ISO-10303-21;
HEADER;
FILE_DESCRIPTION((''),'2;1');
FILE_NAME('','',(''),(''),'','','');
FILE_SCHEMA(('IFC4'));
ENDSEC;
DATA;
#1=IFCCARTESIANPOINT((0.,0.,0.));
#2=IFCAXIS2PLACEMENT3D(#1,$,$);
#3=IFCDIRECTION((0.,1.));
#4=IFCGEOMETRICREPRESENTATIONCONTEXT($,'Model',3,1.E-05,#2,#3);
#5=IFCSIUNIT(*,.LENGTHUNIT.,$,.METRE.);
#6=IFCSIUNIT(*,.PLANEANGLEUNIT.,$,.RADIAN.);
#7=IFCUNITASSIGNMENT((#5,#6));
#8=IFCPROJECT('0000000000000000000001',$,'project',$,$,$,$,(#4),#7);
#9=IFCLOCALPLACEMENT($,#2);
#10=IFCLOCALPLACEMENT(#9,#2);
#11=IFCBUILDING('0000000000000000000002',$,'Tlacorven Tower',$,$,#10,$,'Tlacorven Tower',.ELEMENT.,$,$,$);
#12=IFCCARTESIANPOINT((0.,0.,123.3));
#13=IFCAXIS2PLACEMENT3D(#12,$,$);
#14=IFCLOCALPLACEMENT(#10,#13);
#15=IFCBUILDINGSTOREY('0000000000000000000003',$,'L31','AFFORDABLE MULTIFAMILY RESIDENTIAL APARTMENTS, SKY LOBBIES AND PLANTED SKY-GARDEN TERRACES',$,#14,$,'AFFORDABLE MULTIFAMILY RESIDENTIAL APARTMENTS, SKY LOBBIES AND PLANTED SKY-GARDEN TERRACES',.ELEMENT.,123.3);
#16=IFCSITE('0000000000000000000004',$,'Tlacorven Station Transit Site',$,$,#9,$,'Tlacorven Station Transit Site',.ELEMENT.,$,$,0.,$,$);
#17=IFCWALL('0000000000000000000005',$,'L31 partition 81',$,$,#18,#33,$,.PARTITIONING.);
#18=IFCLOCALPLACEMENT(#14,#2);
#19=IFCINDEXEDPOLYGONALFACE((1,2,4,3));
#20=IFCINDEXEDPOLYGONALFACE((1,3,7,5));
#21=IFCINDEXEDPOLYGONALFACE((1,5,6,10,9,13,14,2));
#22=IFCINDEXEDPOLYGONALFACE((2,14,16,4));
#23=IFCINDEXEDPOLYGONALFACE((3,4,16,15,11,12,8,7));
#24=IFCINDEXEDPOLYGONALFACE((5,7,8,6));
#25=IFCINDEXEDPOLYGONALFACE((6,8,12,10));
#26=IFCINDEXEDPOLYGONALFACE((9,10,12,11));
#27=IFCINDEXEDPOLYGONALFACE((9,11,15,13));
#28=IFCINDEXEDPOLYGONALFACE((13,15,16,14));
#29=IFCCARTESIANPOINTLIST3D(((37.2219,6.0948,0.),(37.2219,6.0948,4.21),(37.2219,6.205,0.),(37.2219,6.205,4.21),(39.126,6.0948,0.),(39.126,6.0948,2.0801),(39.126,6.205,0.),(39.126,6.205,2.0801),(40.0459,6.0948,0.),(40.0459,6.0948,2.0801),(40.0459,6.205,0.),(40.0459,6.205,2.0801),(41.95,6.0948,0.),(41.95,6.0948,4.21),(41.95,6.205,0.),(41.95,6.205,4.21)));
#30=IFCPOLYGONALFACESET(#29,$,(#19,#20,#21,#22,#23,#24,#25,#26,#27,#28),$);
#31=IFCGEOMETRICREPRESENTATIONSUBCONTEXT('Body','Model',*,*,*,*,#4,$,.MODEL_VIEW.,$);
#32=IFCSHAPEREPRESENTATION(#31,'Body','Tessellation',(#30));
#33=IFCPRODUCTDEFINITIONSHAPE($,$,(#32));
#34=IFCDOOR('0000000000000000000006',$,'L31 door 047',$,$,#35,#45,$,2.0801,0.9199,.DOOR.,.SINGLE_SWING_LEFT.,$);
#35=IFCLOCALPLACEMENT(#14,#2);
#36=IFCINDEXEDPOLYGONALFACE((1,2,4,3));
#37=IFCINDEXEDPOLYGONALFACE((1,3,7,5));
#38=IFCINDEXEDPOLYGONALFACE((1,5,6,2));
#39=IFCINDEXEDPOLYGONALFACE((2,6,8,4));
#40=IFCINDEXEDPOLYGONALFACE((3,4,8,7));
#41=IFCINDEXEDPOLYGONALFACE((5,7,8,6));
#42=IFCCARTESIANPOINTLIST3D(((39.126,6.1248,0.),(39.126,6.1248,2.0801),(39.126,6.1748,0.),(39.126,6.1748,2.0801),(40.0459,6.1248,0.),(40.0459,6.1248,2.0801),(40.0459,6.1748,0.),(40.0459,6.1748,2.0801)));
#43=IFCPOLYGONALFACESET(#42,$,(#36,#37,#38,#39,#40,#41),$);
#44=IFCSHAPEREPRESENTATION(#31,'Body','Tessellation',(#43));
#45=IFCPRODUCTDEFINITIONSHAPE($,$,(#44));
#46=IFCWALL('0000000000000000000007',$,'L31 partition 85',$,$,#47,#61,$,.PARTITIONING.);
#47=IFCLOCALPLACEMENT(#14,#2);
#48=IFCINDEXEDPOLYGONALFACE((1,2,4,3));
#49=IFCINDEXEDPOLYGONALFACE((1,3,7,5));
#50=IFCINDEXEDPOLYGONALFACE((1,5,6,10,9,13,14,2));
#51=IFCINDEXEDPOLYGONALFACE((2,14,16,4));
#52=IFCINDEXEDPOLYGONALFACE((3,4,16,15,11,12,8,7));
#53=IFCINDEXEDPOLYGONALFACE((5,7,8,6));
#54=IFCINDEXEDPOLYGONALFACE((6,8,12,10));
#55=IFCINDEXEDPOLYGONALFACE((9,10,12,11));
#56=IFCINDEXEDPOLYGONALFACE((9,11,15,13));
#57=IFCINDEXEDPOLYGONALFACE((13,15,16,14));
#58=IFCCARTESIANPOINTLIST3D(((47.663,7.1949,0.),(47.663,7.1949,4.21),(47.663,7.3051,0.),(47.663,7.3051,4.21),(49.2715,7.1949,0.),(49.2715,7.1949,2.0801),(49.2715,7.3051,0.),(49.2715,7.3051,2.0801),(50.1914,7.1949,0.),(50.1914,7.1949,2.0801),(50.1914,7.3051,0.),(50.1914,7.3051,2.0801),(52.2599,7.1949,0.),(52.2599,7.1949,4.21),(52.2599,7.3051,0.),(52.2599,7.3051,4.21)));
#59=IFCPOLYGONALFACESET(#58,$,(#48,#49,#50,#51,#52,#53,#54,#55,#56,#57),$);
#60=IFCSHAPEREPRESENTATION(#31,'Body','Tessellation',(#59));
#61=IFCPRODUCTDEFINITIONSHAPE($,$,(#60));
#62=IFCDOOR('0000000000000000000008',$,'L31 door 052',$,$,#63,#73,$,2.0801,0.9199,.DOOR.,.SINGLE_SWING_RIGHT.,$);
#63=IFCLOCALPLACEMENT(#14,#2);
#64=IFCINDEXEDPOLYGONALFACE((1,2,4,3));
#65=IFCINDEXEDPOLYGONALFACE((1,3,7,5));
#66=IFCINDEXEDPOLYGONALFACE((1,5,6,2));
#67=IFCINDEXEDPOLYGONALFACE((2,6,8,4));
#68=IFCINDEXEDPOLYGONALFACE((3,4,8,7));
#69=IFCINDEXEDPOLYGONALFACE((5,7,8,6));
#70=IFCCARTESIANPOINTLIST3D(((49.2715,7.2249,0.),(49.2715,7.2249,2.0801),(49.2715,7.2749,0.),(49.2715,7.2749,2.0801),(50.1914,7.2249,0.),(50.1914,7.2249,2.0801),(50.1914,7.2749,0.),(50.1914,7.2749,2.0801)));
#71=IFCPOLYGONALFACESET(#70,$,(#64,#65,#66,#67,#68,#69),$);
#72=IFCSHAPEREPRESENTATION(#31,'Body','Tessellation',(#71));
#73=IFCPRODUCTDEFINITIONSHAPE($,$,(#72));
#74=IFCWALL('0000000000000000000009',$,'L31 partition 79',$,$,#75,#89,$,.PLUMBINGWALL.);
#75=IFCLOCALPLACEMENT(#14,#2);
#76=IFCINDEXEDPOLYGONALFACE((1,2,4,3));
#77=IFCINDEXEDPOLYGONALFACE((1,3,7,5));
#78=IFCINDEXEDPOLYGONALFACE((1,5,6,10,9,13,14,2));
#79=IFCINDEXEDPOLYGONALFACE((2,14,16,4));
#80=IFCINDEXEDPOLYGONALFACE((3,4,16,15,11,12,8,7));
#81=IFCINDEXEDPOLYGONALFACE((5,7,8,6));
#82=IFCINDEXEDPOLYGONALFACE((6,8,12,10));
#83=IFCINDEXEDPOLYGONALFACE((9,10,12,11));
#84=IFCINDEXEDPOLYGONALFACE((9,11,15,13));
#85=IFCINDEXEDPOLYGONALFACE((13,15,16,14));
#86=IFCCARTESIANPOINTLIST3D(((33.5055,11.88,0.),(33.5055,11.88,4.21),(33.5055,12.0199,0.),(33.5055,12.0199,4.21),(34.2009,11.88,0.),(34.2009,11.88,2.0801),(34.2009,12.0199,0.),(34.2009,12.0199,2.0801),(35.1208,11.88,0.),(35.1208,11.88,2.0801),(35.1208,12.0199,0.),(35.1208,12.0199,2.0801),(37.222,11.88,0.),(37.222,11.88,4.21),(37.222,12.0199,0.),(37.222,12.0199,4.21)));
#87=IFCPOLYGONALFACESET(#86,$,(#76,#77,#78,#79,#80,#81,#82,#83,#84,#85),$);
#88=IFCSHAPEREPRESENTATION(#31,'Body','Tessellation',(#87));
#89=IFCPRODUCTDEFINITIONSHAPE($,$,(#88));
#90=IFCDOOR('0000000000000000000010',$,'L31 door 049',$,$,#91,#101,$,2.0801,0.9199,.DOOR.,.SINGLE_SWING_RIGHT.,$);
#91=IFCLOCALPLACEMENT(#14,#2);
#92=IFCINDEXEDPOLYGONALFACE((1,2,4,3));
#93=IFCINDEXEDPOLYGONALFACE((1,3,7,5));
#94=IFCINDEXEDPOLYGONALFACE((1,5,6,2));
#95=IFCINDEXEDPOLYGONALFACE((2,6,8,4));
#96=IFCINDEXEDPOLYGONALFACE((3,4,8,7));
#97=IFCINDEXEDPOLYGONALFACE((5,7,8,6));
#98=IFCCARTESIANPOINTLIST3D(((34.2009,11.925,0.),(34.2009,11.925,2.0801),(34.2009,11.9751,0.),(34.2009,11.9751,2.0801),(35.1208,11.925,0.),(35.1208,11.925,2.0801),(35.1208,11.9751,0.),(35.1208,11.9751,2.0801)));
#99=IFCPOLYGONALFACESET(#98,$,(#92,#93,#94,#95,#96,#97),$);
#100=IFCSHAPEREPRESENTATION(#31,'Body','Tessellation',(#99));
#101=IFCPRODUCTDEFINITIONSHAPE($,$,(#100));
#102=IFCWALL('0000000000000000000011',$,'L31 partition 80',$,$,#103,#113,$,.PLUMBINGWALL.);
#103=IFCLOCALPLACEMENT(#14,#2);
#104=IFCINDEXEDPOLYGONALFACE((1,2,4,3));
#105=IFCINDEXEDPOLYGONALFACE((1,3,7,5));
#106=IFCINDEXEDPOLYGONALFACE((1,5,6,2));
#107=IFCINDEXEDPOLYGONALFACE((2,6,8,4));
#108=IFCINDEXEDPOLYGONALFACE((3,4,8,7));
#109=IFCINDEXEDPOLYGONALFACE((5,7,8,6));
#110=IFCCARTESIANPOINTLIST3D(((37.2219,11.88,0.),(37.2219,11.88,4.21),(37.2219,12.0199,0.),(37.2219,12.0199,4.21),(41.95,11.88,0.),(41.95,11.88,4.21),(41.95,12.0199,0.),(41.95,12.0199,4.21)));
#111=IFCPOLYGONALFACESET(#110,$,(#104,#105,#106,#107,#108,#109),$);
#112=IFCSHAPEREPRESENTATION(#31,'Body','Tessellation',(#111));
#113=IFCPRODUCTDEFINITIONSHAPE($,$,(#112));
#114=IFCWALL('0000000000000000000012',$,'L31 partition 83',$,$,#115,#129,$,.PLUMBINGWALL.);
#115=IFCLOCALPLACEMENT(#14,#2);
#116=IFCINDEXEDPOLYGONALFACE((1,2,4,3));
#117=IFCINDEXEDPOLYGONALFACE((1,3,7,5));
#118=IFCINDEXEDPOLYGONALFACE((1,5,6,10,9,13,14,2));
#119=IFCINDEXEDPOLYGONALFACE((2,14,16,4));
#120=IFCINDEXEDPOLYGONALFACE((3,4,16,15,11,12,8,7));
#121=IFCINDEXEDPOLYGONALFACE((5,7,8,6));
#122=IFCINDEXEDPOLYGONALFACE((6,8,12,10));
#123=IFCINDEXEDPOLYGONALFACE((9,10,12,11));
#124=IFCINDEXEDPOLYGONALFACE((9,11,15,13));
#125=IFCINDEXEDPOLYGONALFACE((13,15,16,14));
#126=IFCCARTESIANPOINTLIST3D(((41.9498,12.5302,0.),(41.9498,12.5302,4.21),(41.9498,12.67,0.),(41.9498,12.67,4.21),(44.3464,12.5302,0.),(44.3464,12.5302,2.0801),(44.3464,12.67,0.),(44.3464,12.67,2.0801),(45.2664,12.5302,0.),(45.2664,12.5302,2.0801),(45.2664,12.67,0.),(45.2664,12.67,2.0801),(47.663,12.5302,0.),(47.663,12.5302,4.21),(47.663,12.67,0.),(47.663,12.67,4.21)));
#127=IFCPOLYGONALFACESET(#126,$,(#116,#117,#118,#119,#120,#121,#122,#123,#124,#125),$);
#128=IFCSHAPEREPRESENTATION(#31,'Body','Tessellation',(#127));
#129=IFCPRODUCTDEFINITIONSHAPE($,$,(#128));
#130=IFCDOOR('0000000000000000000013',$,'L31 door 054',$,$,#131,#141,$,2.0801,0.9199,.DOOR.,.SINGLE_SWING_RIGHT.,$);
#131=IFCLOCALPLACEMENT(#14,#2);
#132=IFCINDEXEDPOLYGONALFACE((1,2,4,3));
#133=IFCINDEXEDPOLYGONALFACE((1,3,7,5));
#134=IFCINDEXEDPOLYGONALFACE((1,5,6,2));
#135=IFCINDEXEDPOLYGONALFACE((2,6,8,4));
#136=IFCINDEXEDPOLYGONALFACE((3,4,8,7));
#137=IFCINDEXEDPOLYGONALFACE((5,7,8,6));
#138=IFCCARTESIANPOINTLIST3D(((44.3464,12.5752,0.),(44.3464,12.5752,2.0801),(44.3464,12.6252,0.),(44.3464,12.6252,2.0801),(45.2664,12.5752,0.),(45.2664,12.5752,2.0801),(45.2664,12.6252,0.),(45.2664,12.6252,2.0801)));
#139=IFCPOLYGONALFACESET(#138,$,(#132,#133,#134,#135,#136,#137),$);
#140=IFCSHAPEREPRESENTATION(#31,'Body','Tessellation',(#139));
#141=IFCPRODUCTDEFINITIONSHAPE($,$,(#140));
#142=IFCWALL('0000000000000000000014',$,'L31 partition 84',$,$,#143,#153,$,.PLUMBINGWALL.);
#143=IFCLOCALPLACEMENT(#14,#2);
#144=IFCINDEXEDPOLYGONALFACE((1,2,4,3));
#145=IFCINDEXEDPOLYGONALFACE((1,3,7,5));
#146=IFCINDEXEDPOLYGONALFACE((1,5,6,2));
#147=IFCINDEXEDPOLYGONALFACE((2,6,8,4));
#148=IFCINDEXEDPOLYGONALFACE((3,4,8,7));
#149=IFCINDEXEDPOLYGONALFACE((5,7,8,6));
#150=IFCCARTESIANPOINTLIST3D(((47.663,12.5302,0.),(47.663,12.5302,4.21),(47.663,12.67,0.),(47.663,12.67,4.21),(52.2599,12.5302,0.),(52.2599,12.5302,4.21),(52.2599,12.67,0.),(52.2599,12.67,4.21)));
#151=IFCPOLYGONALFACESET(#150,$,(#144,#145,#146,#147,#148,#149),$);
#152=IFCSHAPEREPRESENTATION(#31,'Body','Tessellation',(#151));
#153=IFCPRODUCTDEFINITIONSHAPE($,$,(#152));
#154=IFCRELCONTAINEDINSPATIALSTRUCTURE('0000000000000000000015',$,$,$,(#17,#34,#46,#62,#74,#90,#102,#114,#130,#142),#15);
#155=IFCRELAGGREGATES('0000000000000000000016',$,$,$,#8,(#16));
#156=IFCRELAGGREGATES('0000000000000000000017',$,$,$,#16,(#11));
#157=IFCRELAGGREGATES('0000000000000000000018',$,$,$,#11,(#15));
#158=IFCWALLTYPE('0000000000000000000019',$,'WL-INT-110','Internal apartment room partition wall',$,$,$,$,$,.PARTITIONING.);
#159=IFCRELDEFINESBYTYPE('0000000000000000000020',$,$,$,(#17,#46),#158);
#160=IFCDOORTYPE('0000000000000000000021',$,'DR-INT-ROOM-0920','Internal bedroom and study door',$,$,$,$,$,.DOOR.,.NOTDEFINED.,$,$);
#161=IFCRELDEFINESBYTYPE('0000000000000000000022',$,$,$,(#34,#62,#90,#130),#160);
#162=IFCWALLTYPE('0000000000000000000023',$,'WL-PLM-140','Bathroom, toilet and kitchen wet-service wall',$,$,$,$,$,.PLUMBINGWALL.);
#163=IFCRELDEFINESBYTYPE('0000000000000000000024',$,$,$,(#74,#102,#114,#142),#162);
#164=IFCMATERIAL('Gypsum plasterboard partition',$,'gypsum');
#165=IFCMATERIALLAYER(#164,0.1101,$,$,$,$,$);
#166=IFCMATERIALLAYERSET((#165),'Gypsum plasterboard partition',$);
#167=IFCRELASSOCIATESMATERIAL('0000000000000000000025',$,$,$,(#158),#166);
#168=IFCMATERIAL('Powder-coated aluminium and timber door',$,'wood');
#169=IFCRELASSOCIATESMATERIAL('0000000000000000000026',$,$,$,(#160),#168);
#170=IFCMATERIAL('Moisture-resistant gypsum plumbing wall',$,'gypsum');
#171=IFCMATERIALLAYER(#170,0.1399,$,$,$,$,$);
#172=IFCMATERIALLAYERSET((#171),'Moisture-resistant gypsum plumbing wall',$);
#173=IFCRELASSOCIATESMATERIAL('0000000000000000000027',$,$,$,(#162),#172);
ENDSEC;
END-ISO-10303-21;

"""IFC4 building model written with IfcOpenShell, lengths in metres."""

from ifc_helpers import new_model, si_unit, direction, frame, frame_2d, origin, place, context, subcontext, project, spatial, rectangle, extrude, source, transform, mapped, material, layer, layer_set, type_object, element, fill, save


model = new_model("IFC4")

# Units and contexts
model_context = context("Model", 3, precision=1e-05, world=origin(), true_north=direction((0.0, 1.0)))
body_context = subcontext(model_context, "Body", "Model", "MODEL_VIEW")
ifc_project = project(units=[si_unit("LENGTHUNIT", "METRE"), si_unit("PLANEANGLEUNIT", "RADIAN")], contexts=[model_context])

# Site, building, storey
site_placement = place(None, origin())
site = spatial("IfcSite", under=ifc_project, at=site_placement, Name="Tlacorven Station Transit Site", LongName="Tlacorven Station Transit Site", CompositionType="ELEMENT", RefElevation=0.0)
building_placement = place(site_placement, origin())
building = spatial("IfcBuilding", under=site, at=building_placement, Name="Tlacorven Tower", LongName="Tlacorven Tower", CompositionType="ELEMENT")
storey_placement = place(building_placement, frame((0.0, 0.0, 123.3)))
storey = spatial("IfcBuildingStorey", under=building, at=storey_placement, Name="L31", Description="AFFORDABLE MULTIFAMILY RESIDENTIAL APARTMENTS, SKY LOBBIES AND PLANTED SKY-GARDEN TERRACES", LongName="AFFORDABLE MULTIFAMILY RESIDENTIAL APARTMENTS, SKY LOBBIES AND PLANTED SKY-GARDEN TERRACES", CompositionType="ELEMENT", Elevation=123.3)

# Walls, openings, doors
ifc_material_1 = material(Name="Gypsum plasterboard partition", Category="gypsum")
ifc_layer_1 = layer(ifc_material_1, 0.1101)
ifc_layer_set_1 = layer_set([ifc_layer_1], Name="Gypsum plasterboard partition")
wall_type_1 = type_object("IfcWallType", Name="WL-INT-110", Description="Internal apartment room partition wall", PredefinedType="PARTITIONING", material=ifc_layer_set_1)
wall_1_placement = place(storey_placement, frame((37.2219, 6.1499, 0.0), z_axis=(0.0, 0.0, 1.0), x_axis=(1.0, 0.0, 0.0)))
wall_1 = element("IfcWall", 1, at=wall_1_placement, inside=storey, type_object=wall_type_1, Name="L31 partition 81", PredefinedType="PARTITIONING", context=body_context, shape_type="SweptSolid", body=[
    extrude(rectangle(XDim=4.728, YDim=0.1101, at=frame_2d((2.364, 0.0))), origin(), (0.0, 0.0, 1.0), 4.21),
])
opening_1_placement = place(wall_1_placement, frame((1.9041, 0.0, 0.0)))
opening_1 = element("IfcOpeningElement", 2, at=opening_1_placement, cuts=wall_1, PredefinedType="OPENING", context=body_context, shape_type="SweptSolid", body=[
    extrude(rectangle(XDim=0.9199, YDim=2.0801, at=frame_2d((0.46, 1.04))), frame((0.0, 0.0649, 0.0), z_axis=(0.0, -1.0, 0.0), x_axis=(1.0, 0.0, 0.0)), (0.0, 0.0, 1.0), 0.1301),
])
ifc_material_2 = material(Name="Powder-coated aluminium and timber door", Category="wood")
door_type_1 = type_object("IfcDoorType", Name="DR-INT-ROOM-0920", Description="Internal bedroom and study door", OperationType="NOTDEFINED", PredefinedType="DOOR", material=ifc_material_2)
shared_shape_1 = source(origin(), body_context, "Body", "SweptSolid", [
    extrude(rectangle(XDim=0.9199, YDim=2.0801, at=frame_2d((0.46, 1.04))), frame((0.0, 0.0249, 0.0), z_axis=(0.0, -1.0, 0.0), x_axis=(1.0, 0.0, 0.0)), (0.0, 0.0, 1.0), 0.05),
])
door_1_placement = place(opening_1_placement, origin())
door_1 = element("IfcDoor", 3, at=door_1_placement, inside=storey, type_object=door_type_1, Name="L31 door 047", OperationType="SINGLE_SWING_LEFT", OverallHeight=2.0801, OverallWidth=0.9199, PredefinedType="DOOR", context=body_context, shape_type="MappedRepresentation", body=[
    mapped(shared_shape_1, transform((0.0, 0.0, 0.0), scale=1.0)),
])
fill(opening_1, door_1)
wall_2_placement = place(storey_placement, frame((47.6631, 7.25, 0.0), z_axis=(0.0, 0.0, 1.0), x_axis=(1.0, 0.0, 0.0)))
wall_2 = element("IfcWall", 4, at=wall_2_placement, inside=storey, type_object=wall_type_1, Name="L31 partition 85", PredefinedType="PARTITIONING", context=body_context, shape_type="SweptSolid", body=[
    extrude(rectangle(XDim=4.5969, YDim=0.1101, at=frame_2d((2.2983, 0.0))), origin(), (0.0, 0.0, 1.0), 4.21),
])
opening_2_placement = place(wall_2_placement, frame((1.6084, 0.0, 0.0)))
opening_2 = element("IfcOpeningElement", 5, at=opening_2_placement, cuts=wall_2, PredefinedType="OPENING", context=body_context, shape_type="SweptSolid", body=[
    extrude(rectangle(XDim=0.9199, YDim=2.0801, at=frame_2d((0.46, 1.04))), frame((0.0, 0.0649, 0.0), z_axis=(0.0, -1.0, 0.0), x_axis=(1.0, 0.0, 0.0)), (0.0, 0.0, 1.0), 0.1301),
])
door_2_placement = place(opening_2_placement, origin())
door_2 = element("IfcDoor", 6, at=door_2_placement, inside=storey, type_object=door_type_1, Name="L31 door 052", OperationType="SINGLE_SWING_RIGHT", OverallHeight=2.0801, OverallWidth=0.9199, PredefinedType="DOOR", context=body_context, shape_type="MappedRepresentation", body=[
    mapped(shared_shape_1, transform((0.0, 0.0, 0.0), scale=1.0)),
])
fill(opening_2, door_2)
ifc_material_3 = material(Name="Moisture-resistant gypsum plumbing wall", Category="gypsum")
ifc_layer_2 = layer(ifc_material_3, 0.1399)
ifc_layer_set_2 = layer_set([ifc_layer_2], Name="Moisture-resistant gypsum plumbing wall")
wall_type_2 = type_object("IfcWallType", Name="WL-PLM-140", Description="Bathroom, toilet and kitchen wet-service wall", PredefinedType="PLUMBINGWALL", material=ifc_layer_set_2)
wall_3_placement = place(storey_placement, frame((33.5054, 11.95, 0.0), z_axis=(0.0, 0.0, 1.0), x_axis=(1.0, 0.0, 0.0)))
wall_3 = element("IfcWall", 7, at=wall_3_placement, inside=storey, type_object=wall_type_2, Name="L31 partition 79", PredefinedType="PLUMBINGWALL", context=body_context, shape_type="SweptSolid", body=[
    extrude(rectangle(XDim=3.7166, YDim=0.1399, at=frame_2d((1.8584, 0.0))), origin(), (0.0, 0.0, 1.0), 4.21),
])
opening_3_placement = place(wall_3_placement, frame((0.6956, 0.0, 0.0)))
opening_3 = element("IfcOpeningElement", 8, at=opening_3_placement, cuts=wall_3, PredefinedType="OPENING", context=body_context, shape_type="SweptSolid", body=[
    extrude(rectangle(XDim=0.9199, YDim=2.0801, at=frame_2d((0.46, 1.04))), frame((0.0, 0.0801, 0.0), z_axis=(0.0, -1.0, 0.0), x_axis=(1.0, 0.0, 0.0)), (0.0, 0.0, 1.0), 0.1599),
])
door_3_placement = place(opening_3_placement, frame((0.9199, 0.0, 0.0), z_axis=(0.0, 0.0, 1.0), x_axis=(-1.0, 0.0, 0.0)))
door_3 = element("IfcDoor", 9, at=door_3_placement, inside=storey, type_object=door_type_1, Name="L31 door 049", OperationType="SINGLE_SWING_RIGHT", OverallHeight=2.0801, OverallWidth=0.9199, PredefinedType="DOOR", context=body_context, shape_type="MappedRepresentation", body=[
    mapped(shared_shape_1, transform((0.0, 0.0, 0.0), scale=1.0)),
])
fill(opening_3, door_3)

# Wall
wall_4_placement = place(storey_placement, frame((37.2219, 11.95, 0.0), z_axis=(0.0, 0.0, 1.0), x_axis=(1.0, 0.0, 0.0)))
element("IfcWall", 10, at=wall_4_placement, inside=storey, type_object=wall_type_2, Name="L31 partition 80", PredefinedType="PLUMBINGWALL", context=body_context, shape_type="SweptSolid", body=[
    extrude(rectangle(XDim=4.728, YDim=0.1399, at=frame_2d((2.364, 0.0))), origin(), (0.0, 0.0, 1.0), 4.21),
])

# Wall, opening, door
wall_5_placement = place(storey_placement, frame((41.95, 12.6001, 0.0), z_axis=(0.0, 0.0, 1.0), x_axis=(1.0, 0.0, 0.0)))
wall_5 = element("IfcWall", 11, at=wall_5_placement, inside=storey, type_object=wall_type_2, Name="L31 partition 83", PredefinedType="PLUMBINGWALL", context=body_context, shape_type="SweptSolid", body=[
    extrude(rectangle(XDim=5.7131, YDim=0.1399, at=frame_2d((2.8564, 0.0))), origin(), (0.0, 0.0, 1.0), 4.21),
])
opening_4_placement = place(wall_5_placement, frame((2.3965, 0.0, 0.0)))
opening_4 = element("IfcOpeningElement", 12, at=opening_4_placement, cuts=wall_5, PredefinedType="OPENING", context=body_context, shape_type="SweptSolid", body=[
    extrude(rectangle(XDim=0.9199, YDim=2.0801, at=frame_2d((0.46, 1.04))), frame((0.0, 0.0801, 0.0), z_axis=(0.0, -1.0, 0.0), x_axis=(1.0, 0.0, 0.0)), (0.0, 0.0, 1.0), 0.1599),
])
door_4_placement = place(opening_4_placement, frame((0.9199, 0.0, 0.0), z_axis=(0.0, 0.0, 1.0), x_axis=(-1.0, 0.0, 0.0)))
door_4 = element("IfcDoor", 13, at=door_4_placement, inside=storey, type_object=door_type_1, Name="L31 door 054", OperationType="SINGLE_SWING_RIGHT", OverallHeight=2.0801, OverallWidth=0.9199, PredefinedType="DOOR", context=body_context, shape_type="MappedRepresentation", body=[
    mapped(shared_shape_1, transform((0.0, 0.0, 0.0), scale=1.0)),
])
fill(opening_4, door_4)

# Wall
wall_6_placement = place(storey_placement, frame((47.6631, 12.6001, 0.0), z_axis=(0.0, 0.0, 1.0), x_axis=(1.0, 0.0, 0.0)))
element("IfcWall", 14, at=wall_6_placement, inside=storey, type_object=wall_type_2, Name="L31 partition 84", PredefinedType="PLUMBINGWALL", context=body_context, shape_type="SweptSolid", body=[
    extrude(rectangle(XDim=4.5969, YDim=0.1399, at=frame_2d((2.2983, 0.0))), origin(), (0.0, 0.0, 1.0), 4.21),
])

save(model, "model.ifc")
